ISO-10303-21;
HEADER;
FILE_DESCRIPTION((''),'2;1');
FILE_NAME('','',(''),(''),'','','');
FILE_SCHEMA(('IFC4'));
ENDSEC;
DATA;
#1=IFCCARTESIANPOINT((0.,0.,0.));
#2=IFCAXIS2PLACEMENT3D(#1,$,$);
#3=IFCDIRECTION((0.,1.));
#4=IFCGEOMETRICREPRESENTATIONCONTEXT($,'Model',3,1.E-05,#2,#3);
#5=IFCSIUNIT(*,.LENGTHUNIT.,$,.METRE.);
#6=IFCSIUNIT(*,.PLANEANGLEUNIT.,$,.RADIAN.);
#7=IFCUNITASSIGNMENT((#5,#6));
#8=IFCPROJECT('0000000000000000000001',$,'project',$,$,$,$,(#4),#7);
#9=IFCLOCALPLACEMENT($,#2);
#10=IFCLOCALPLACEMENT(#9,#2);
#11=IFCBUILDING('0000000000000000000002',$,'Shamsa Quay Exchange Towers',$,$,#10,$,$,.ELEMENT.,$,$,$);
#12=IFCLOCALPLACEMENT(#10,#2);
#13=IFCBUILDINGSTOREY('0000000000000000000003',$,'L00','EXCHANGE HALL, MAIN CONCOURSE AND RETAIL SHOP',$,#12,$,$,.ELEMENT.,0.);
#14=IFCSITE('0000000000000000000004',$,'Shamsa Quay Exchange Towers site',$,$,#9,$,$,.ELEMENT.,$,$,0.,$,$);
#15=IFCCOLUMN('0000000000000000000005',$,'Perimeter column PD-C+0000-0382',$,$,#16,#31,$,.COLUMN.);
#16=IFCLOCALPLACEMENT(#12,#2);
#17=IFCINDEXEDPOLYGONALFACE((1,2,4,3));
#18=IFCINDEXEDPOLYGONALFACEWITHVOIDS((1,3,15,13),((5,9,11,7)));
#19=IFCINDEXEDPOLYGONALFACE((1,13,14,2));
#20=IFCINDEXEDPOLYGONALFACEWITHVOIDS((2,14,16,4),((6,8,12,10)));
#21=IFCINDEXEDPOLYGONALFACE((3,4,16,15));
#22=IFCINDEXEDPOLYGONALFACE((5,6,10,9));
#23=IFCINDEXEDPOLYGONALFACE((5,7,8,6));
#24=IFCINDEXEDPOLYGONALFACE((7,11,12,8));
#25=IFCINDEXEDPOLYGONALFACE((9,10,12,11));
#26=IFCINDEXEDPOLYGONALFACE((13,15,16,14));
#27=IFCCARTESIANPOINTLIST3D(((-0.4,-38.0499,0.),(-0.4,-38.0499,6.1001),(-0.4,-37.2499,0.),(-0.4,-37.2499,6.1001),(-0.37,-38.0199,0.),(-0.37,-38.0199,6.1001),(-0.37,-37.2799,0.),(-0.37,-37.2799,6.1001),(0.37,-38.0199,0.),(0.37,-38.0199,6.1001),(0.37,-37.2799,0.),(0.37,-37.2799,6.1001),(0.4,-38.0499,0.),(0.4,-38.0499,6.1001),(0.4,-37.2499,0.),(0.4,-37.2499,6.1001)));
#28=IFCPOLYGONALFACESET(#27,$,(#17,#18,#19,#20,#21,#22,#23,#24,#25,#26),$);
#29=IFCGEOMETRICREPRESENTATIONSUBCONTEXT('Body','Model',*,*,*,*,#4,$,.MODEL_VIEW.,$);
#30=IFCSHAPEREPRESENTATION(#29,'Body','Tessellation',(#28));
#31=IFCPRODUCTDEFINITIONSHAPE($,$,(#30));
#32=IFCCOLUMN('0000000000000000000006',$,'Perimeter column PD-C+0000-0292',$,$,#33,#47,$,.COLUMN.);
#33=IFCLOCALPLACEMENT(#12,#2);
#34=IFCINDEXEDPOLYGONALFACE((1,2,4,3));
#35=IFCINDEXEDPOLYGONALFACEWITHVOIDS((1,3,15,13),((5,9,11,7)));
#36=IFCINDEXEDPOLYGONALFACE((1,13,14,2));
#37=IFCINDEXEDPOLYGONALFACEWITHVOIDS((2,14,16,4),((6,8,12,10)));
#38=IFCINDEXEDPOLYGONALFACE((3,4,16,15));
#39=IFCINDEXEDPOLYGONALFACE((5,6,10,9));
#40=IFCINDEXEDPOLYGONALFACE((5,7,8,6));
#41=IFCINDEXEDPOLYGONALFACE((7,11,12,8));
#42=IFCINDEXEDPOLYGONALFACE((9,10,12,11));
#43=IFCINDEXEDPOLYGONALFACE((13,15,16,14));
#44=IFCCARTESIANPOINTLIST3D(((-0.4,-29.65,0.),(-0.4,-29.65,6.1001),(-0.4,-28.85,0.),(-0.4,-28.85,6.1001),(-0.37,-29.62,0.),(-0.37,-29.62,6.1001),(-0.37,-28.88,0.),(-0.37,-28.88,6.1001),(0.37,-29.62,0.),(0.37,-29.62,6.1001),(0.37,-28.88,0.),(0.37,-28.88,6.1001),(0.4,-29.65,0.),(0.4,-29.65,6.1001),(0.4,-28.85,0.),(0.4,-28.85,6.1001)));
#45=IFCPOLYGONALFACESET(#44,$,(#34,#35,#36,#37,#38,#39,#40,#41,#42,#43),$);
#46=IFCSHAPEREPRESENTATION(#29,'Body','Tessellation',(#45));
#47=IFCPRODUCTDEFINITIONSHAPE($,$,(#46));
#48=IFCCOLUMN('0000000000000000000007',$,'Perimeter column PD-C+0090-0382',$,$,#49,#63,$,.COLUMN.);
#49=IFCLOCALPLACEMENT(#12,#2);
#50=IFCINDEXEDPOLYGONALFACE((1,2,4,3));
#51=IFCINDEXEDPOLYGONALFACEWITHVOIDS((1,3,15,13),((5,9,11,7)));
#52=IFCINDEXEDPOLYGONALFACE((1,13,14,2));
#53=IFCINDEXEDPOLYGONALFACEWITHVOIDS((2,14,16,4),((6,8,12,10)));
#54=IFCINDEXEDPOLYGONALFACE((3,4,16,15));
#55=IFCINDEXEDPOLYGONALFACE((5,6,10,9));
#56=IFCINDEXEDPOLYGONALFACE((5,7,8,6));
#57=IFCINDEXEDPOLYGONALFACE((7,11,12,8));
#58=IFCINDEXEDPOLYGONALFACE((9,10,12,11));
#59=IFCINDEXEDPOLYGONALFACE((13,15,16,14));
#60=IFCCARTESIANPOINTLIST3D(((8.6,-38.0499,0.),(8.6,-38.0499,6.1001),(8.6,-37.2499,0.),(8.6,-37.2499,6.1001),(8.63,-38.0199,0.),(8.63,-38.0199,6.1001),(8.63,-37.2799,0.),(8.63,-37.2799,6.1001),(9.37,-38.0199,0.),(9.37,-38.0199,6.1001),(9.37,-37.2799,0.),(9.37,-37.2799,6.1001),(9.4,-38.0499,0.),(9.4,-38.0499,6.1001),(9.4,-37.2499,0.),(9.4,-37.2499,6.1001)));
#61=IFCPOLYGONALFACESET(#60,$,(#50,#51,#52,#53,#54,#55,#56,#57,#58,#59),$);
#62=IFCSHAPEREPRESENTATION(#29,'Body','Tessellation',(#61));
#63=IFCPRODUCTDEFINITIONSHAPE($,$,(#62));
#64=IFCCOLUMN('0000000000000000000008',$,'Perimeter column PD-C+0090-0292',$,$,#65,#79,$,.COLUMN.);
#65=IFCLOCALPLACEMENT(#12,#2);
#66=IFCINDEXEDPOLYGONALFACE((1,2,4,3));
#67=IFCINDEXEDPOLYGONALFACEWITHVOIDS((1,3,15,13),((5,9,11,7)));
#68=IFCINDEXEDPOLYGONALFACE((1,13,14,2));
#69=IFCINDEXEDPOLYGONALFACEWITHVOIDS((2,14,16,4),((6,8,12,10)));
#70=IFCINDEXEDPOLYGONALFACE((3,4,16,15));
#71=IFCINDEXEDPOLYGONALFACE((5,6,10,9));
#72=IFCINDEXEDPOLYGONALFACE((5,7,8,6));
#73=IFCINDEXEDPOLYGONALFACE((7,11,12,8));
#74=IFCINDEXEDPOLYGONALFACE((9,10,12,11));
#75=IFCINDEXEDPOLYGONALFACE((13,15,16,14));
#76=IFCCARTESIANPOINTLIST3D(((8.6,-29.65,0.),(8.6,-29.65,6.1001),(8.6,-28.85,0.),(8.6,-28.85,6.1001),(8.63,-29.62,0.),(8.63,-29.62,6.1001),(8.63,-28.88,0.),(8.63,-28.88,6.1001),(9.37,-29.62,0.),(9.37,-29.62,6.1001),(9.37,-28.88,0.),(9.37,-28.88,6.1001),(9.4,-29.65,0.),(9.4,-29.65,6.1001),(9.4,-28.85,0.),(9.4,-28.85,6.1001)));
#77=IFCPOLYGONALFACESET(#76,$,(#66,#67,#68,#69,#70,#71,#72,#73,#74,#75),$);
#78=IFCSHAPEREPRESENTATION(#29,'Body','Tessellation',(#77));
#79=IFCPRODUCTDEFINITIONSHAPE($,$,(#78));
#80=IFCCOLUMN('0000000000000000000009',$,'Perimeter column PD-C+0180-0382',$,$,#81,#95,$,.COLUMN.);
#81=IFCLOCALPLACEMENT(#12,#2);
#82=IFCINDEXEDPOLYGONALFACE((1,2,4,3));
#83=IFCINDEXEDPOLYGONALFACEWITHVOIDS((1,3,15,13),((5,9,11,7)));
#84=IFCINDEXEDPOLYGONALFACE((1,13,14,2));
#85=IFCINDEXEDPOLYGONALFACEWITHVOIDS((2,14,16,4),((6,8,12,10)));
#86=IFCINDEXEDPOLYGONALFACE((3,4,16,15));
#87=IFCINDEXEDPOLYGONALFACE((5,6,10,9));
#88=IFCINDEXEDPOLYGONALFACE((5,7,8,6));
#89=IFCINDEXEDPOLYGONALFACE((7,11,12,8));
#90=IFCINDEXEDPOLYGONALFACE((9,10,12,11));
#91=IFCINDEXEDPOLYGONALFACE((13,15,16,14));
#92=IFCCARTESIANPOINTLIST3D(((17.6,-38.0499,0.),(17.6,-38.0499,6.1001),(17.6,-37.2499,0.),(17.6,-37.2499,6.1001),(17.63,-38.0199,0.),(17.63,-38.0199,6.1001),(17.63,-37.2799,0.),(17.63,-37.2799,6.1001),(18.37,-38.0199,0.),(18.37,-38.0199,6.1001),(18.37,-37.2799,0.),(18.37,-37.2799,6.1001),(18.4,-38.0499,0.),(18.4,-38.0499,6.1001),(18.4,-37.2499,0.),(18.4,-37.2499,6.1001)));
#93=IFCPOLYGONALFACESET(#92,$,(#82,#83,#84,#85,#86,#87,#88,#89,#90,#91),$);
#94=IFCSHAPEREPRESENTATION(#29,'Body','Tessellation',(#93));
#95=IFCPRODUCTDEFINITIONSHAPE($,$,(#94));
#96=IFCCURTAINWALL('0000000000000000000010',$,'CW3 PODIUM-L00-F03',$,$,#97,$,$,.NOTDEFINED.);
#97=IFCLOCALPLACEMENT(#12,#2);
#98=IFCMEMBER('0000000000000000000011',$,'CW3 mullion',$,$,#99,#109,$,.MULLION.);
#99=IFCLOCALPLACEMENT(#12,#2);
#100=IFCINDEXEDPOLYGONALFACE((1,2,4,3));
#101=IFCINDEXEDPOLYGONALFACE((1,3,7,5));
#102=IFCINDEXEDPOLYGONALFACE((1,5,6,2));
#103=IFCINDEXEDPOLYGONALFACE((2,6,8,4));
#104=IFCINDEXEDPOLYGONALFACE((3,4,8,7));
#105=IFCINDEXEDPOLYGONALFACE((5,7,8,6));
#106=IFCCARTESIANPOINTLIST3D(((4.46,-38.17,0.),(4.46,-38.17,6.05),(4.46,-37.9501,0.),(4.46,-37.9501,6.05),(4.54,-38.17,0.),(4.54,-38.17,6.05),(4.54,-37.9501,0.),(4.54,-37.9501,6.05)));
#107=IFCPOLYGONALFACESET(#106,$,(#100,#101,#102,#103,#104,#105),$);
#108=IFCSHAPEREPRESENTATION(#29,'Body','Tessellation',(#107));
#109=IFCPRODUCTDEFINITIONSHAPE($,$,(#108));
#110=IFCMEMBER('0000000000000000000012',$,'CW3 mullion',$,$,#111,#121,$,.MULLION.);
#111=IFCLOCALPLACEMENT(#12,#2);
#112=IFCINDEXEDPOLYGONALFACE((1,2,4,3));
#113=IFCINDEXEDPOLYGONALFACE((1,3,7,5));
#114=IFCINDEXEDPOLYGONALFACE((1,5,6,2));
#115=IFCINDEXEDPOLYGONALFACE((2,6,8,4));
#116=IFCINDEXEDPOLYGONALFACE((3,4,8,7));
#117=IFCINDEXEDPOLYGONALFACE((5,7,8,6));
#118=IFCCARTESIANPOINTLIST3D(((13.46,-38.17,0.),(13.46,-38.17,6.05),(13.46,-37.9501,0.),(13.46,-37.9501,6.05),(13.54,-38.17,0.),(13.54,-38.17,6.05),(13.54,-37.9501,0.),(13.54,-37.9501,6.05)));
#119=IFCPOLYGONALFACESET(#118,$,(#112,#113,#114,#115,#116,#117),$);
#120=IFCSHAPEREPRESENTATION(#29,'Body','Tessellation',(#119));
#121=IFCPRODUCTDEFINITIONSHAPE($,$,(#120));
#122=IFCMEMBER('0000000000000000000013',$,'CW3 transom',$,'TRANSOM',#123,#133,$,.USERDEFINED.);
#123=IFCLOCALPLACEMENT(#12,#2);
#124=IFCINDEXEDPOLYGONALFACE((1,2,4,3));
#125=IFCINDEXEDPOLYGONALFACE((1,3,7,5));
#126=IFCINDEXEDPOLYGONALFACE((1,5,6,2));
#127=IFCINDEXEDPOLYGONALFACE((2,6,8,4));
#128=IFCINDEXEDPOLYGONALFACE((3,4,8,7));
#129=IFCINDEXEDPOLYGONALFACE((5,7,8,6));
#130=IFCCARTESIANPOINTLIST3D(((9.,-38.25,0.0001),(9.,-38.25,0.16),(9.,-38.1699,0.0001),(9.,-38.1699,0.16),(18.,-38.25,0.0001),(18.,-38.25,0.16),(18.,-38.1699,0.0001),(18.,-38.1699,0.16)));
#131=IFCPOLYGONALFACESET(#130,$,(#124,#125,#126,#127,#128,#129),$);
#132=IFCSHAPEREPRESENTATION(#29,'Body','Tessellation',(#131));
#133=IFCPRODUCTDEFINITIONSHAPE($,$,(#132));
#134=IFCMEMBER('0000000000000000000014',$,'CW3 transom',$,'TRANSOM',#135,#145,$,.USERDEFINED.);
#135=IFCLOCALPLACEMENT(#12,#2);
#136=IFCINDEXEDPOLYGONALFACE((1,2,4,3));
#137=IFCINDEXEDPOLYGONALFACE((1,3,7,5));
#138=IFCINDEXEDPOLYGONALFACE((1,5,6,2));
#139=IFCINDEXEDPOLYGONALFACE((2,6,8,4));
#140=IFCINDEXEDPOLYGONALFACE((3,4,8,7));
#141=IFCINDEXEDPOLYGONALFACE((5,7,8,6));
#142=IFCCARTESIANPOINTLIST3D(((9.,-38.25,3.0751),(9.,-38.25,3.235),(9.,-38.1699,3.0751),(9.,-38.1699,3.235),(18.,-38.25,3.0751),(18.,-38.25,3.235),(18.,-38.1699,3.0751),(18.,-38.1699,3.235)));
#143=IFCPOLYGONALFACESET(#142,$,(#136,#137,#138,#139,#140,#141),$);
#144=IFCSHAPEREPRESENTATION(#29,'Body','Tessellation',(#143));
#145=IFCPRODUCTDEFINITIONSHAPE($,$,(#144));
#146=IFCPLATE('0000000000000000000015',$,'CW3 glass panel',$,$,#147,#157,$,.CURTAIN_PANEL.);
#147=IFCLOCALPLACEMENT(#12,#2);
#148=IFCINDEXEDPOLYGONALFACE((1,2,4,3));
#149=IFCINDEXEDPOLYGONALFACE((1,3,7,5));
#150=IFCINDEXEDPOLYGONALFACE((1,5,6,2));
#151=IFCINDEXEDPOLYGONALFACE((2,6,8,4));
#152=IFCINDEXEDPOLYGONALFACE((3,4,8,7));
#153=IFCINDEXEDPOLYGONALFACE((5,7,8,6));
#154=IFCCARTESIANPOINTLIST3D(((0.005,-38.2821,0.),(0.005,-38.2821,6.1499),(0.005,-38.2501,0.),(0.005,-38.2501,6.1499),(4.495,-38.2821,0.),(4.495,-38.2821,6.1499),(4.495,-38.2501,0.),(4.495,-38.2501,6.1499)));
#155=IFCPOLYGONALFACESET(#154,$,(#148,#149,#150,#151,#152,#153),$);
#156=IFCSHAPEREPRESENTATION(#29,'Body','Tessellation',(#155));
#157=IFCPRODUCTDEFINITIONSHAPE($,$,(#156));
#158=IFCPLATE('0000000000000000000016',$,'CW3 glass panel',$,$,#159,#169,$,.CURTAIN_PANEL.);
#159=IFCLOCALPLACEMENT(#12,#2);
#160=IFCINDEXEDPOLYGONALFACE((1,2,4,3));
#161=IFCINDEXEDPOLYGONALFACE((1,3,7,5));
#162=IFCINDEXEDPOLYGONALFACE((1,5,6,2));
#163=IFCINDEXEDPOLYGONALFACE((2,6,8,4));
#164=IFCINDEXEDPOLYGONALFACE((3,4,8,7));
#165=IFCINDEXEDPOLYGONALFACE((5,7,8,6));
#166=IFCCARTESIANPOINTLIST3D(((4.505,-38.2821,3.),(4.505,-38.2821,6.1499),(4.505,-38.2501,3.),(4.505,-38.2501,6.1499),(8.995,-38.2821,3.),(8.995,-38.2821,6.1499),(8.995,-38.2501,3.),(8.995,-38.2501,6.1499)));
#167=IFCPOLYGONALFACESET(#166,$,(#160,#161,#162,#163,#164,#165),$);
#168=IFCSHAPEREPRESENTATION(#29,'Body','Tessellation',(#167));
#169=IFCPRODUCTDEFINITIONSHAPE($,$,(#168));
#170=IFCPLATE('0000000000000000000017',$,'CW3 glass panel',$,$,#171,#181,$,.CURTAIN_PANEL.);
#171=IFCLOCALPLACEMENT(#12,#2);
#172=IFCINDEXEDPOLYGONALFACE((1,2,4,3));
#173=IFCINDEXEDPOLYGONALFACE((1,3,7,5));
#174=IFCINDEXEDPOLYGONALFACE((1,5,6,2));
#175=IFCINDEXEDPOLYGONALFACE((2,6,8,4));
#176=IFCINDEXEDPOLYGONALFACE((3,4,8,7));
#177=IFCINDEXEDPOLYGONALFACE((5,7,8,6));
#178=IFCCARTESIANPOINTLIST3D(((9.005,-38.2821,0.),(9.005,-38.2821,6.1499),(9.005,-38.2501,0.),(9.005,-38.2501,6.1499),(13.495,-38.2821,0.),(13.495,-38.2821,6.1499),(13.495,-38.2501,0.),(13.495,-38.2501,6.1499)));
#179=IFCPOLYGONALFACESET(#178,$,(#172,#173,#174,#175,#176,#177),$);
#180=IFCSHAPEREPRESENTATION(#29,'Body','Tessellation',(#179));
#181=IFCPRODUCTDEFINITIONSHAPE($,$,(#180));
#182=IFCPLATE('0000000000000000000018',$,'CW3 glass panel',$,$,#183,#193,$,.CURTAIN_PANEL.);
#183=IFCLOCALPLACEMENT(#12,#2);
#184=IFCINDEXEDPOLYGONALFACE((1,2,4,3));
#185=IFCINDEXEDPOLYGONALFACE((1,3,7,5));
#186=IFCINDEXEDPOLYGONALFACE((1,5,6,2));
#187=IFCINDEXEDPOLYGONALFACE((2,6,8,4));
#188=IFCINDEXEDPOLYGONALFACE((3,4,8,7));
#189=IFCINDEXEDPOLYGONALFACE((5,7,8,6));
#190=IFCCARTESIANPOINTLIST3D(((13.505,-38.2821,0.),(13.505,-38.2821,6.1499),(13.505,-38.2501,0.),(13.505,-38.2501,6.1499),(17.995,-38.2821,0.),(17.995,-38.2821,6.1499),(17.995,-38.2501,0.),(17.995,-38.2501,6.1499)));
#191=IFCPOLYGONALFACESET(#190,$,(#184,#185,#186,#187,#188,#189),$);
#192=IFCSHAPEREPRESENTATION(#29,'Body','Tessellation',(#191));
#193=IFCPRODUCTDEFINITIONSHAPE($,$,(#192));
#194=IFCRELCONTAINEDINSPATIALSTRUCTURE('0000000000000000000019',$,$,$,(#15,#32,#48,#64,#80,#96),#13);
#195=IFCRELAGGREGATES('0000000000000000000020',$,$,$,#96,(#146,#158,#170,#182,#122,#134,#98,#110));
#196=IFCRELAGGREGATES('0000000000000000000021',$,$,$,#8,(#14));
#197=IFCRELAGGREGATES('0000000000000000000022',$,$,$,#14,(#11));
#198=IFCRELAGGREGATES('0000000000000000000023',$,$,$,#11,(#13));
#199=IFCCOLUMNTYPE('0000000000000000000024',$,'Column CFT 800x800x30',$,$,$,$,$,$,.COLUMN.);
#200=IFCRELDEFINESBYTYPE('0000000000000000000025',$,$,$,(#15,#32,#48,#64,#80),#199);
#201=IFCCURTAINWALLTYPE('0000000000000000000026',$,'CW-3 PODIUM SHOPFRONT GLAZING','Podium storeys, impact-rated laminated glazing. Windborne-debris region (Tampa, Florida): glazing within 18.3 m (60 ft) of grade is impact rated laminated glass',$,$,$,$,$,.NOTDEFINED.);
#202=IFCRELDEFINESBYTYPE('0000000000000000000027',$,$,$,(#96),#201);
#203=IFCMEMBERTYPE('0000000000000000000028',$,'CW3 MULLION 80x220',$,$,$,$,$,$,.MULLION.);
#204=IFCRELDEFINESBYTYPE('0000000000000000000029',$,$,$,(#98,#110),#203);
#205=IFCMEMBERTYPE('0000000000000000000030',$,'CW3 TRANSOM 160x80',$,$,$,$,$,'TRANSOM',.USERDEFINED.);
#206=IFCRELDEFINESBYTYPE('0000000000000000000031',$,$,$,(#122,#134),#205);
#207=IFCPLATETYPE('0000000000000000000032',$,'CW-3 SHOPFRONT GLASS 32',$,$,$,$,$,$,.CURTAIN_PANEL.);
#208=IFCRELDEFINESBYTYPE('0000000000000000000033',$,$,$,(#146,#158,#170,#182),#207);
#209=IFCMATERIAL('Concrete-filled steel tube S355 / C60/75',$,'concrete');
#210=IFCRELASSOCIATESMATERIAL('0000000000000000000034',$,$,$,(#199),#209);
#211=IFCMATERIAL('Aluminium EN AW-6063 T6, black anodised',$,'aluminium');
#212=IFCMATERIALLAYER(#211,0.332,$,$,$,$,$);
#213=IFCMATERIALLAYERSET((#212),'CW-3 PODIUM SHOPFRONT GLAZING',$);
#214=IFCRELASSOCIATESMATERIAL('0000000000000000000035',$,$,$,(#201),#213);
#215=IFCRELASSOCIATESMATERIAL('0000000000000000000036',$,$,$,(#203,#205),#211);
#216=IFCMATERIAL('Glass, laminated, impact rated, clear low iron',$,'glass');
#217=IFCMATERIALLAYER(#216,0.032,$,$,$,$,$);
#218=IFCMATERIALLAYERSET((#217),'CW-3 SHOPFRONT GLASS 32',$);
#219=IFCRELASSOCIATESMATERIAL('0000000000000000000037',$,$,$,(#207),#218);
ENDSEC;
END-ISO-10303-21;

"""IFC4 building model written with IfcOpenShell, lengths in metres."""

from ifc_helpers import new_model, si_unit, direction, frame, origin, origin_2d, place, context, subcontext, project, spatial, rectangle, hollow_rectangle, extrude, material, layer, layer_set, material_profile, profile_set, type_object, element, aggregate, save


model = new_model("IFC4")

# Units and contexts
model_context = context("Model", 3, precision=1e-05, world=origin(), true_north=direction((0.0, 1.0)))
body_context = subcontext(model_context, "Body", "Model", "MODEL_VIEW")
ifc_project = project(units=[si_unit("LENGTHUNIT", "METRE"), si_unit("PLANEANGLEUNIT", "RADIAN")], contexts=[model_context])

# Site, building, storey
site_placement = place(None, origin())
site = spatial("IfcSite", under=ifc_project, at=site_placement, Name="Shamsa Quay Exchange Towers site", CompositionType="ELEMENT", RefElevation=0.0)
building_placement = place(site_placement, origin())
building = spatial("IfcBuilding", under=site, at=building_placement, Name="Shamsa Quay Exchange Towers", CompositionType="ELEMENT")
storey_placement = place(building_placement, origin())
storey = spatial("IfcBuildingStorey", under=building, at=storey_placement, Name="L00", Description="EXCHANGE HALL, MAIN CONCOURSE AND RETAIL SHOP", CompositionType="ELEMENT", Elevation=0.0)

# Columns
ifc_material_1 = material(Name="Concrete-filled steel tube S355 / C60/75", Category="concrete")
ifc_material_profile_1 = material_profile(ifc_material_1, hollow_rectangle(XDim=0.8, YDim=0.8, WallThickness=0.03, at=origin_2d()), Name="CFT 800x800x30")
ifc_profile_set_1 = profile_set([ifc_material_profile_1], Name="Concrete-filled steel tube S355 / C60/75")
column_type = type_object("IfcColumnType", Name="Column CFT 800x800x30", PredefinedType="COLUMN", material=ifc_profile_set_1)
for number, where, name in (
    (1, (0.0, -37.6499, 0.0), "Perimeter column PD-C+0000-0382"),
    (2, (0.0, -29.25, 0.0), "Perimeter column PD-C+0000-0292"),
    (3, (9.0, -37.6499, 0.0), "Perimeter column PD-C+0090-0382"),
    (4, (9.0, -29.25, 0.0), "Perimeter column PD-C+0090-0292"),
    (5, (18.0, -37.6499, 0.0), "Perimeter column PD-C+0180-0382"),
):
    element("IfcColumn", number, at=place(storey_placement, frame(where)), inside=storey, type_object=column_type, Name=name, PredefinedType="COLUMN", context=body_context, shape_type="SweptSolid", body=[
        extrude(hollow_rectangle(XDim=0.8, YDim=0.8, WallThickness=0.03, at=origin_2d()), origin(), (0.0, 0.0, 1.0), 6.1001),
    ])

# Curtain wall, members, plates
ifc_material_2 = material(Name="Aluminium EN AW-6063 T6, black anodised", Category="aluminium")
ifc_layer_1 = layer(ifc_material_2, 0.332)
ifc_layer_set_1 = layer_set([ifc_layer_1], Name="CW-3 PODIUM SHOPFRONT GLAZING")
curtain_wall_type = type_object("IfcCurtainWallType", Name="CW-3 PODIUM SHOPFRONT GLAZING", Description="Podium storeys, impact-rated laminated glazing. Windborne-debris region (Tampa, Florida): glazing within 18.3 m (60 ft) of grade is impact rated laminated glass", PredefinedType="NOTDEFINED", material=ifc_layer_set_1)
curtain_wall_placement = place(storey_placement, origin())
curtain_wall = element("IfcCurtainWall", 6, at=curtain_wall_placement, inside=storey, type_object=curtain_wall_type, Name="CW3 PODIUM-L00-F03", PredefinedType="NOTDEFINED")
ifc_material_profile_2 = material_profile(ifc_material_2, rectangle(XDim=0.22, YDim=0.0801, at=origin_2d()), Name="MU80x220")
ifc_profile_set_2 = profile_set([ifc_material_profile_2], Name="Aluminium EN AW-6063 T6, black anodised")
member_type_1 = type_object("IfcMemberType", Name="CW3 MULLION 80x220", PredefinedType="MULLION", material=ifc_profile_set_2)
member_1_placement = place(storey_placement, frame((4.5, -38.0601, 0.0), z_axis=(0.0, 0.0, 1.0), x_axis=(0.0, 1.0, 0.0)))
member_1 = element("IfcMember", 7, at=member_1_placement, type_object=member_type_1, Name="CW3 mullion", PredefinedType="MULLION", context=body_context, shape_type="SweptSolid", body=[
    extrude(rectangle(XDim=0.22, YDim=0.0801, at=origin_2d()), origin(), (0.0, 0.0, 1.0), 6.05),
])
member_2_placement = place(storey_placement, frame((13.5, -38.0601, 0.0), z_axis=(0.0, 0.0, 1.0), x_axis=(0.0, 1.0, 0.0)))
member_2 = element("IfcMember", 8, at=member_2_placement, type_object=member_type_1, Name="CW3 mullion", PredefinedType="MULLION", context=body_context, shape_type="SweptSolid", body=[
    extrude(rectangle(XDim=0.22, YDim=0.0801, at=origin_2d()), origin(), (0.0, 0.0, 1.0), 6.05),
])
ifc_material_profile_3 = material_profile(ifc_material_2, rectangle(XDim=0.0801, YDim=0.1599, at=origin_2d()), Name="TR160x80")
ifc_profile_set_3 = profile_set([ifc_material_profile_3], Name="Aluminium EN AW-6063 T6, black anodised")
member_type_2 = type_object("IfcMemberType", Name="CW3 TRANSOM 160x80", ElementType="TRANSOM", PredefinedType="USERDEFINED", material=ifc_profile_set_3)
member_3_placement = place(storey_placement, frame((9.0, -38.21, 0.0801), z_axis=(1.0, 0.0, 0.0), x_axis=(0.0, 1.0, 0.0)))
member_3 = element("IfcMember", 9, at=member_3_placement, type_object=member_type_2, Name="CW3 transom", ObjectType="TRANSOM", PredefinedType="USERDEFINED", context=body_context, shape_type="SweptSolid", body=[
    extrude(rectangle(XDim=0.0801, YDim=0.1599, at=origin_2d()), origin(), (0.0, 0.0, 1.0), 9.0),
])
member_4_placement = place(storey_placement, frame((9.0, -38.21, 3.155), z_axis=(1.0, 0.0, 0.0), x_axis=(0.0, 1.0, 0.0)))
member_4 = element("IfcMember", 10, at=member_4_placement, type_object=member_type_2, Name="CW3 transom", ObjectType="TRANSOM", PredefinedType="USERDEFINED", context=body_context, shape_type="SweptSolid", body=[
    extrude(rectangle(XDim=0.0801, YDim=0.1599, at=origin_2d()), origin(), (0.0, 0.0, 1.0), 9.0),
])
ifc_material_3 = material(Name="Glass, laminated, impact rated, clear low iron", Category="glass")
ifc_layer_2 = layer(ifc_material_3, 0.032)
ifc_layer_set_2 = layer_set([ifc_layer_2], Name="CW-3 SHOPFRONT GLASS 32")
plate_type = type_object("IfcPlateType", Name="CW-3 SHOPFRONT GLASS 32", PredefinedType="CURTAIN_PANEL", material=ifc_layer_set_2)
plate_1_placement = place(storey_placement, frame((2.25, -38.2661, 0.0)))
plate_1 = element("IfcPlate", 11, at=plate_1_placement, type_object=plate_type, Name="CW3 glass panel", PredefinedType="CURTAIN_PANEL", context=body_context, shape_type="SweptSolid", body=[
    extrude(rectangle(XDim=4.49, YDim=0.032, at=origin_2d()), origin(), (0.0, 0.0, 1.0), 6.1499),
])
plate_2_placement = place(storey_placement, frame((6.75, -38.2661, 3.0)))
plate_2 = element("IfcPlate", 12, at=plate_2_placement, type_object=plate_type, Name="CW3 glass panel", PredefinedType="CURTAIN_PANEL", context=body_context, shape_type="SweptSolid", body=[
    extrude(rectangle(XDim=4.49, YDim=0.032, at=origin_2d()), origin(), (0.0, 0.0, 1.0), 3.1499),
])
plate_3_placement = place(storey_placement, frame((11.25, -38.2661, 0.0)))
plate_3 = element("IfcPlate", 13, at=plate_3_placement, type_object=plate_type, Name="CW3 glass panel", PredefinedType="CURTAIN_PANEL", context=body_context, shape_type="SweptSolid", body=[
    extrude(rectangle(XDim=4.49, YDim=0.032, at=origin_2d()), origin(), (0.0, 0.0, 1.0), 6.1499),
])
plate_4_placement = place(storey_placement, frame((15.75, -38.2661, 0.0)))
plate_4 = element("IfcPlate", 14, at=plate_4_placement, type_object=plate_type, Name="CW3 glass panel", PredefinedType="CURTAIN_PANEL", context=body_context, shape_type="SweptSolid", body=[
    extrude(rectangle(XDim=4.49, YDim=0.032, at=origin_2d()), origin(), (0.0, 0.0, 1.0), 6.1499),
])
aggregate(curtain_wall, [plate_1, plate_2, plate_3, plate_4, member_3, member_4, member_1, member_2])

save(model, "model.ifc")
